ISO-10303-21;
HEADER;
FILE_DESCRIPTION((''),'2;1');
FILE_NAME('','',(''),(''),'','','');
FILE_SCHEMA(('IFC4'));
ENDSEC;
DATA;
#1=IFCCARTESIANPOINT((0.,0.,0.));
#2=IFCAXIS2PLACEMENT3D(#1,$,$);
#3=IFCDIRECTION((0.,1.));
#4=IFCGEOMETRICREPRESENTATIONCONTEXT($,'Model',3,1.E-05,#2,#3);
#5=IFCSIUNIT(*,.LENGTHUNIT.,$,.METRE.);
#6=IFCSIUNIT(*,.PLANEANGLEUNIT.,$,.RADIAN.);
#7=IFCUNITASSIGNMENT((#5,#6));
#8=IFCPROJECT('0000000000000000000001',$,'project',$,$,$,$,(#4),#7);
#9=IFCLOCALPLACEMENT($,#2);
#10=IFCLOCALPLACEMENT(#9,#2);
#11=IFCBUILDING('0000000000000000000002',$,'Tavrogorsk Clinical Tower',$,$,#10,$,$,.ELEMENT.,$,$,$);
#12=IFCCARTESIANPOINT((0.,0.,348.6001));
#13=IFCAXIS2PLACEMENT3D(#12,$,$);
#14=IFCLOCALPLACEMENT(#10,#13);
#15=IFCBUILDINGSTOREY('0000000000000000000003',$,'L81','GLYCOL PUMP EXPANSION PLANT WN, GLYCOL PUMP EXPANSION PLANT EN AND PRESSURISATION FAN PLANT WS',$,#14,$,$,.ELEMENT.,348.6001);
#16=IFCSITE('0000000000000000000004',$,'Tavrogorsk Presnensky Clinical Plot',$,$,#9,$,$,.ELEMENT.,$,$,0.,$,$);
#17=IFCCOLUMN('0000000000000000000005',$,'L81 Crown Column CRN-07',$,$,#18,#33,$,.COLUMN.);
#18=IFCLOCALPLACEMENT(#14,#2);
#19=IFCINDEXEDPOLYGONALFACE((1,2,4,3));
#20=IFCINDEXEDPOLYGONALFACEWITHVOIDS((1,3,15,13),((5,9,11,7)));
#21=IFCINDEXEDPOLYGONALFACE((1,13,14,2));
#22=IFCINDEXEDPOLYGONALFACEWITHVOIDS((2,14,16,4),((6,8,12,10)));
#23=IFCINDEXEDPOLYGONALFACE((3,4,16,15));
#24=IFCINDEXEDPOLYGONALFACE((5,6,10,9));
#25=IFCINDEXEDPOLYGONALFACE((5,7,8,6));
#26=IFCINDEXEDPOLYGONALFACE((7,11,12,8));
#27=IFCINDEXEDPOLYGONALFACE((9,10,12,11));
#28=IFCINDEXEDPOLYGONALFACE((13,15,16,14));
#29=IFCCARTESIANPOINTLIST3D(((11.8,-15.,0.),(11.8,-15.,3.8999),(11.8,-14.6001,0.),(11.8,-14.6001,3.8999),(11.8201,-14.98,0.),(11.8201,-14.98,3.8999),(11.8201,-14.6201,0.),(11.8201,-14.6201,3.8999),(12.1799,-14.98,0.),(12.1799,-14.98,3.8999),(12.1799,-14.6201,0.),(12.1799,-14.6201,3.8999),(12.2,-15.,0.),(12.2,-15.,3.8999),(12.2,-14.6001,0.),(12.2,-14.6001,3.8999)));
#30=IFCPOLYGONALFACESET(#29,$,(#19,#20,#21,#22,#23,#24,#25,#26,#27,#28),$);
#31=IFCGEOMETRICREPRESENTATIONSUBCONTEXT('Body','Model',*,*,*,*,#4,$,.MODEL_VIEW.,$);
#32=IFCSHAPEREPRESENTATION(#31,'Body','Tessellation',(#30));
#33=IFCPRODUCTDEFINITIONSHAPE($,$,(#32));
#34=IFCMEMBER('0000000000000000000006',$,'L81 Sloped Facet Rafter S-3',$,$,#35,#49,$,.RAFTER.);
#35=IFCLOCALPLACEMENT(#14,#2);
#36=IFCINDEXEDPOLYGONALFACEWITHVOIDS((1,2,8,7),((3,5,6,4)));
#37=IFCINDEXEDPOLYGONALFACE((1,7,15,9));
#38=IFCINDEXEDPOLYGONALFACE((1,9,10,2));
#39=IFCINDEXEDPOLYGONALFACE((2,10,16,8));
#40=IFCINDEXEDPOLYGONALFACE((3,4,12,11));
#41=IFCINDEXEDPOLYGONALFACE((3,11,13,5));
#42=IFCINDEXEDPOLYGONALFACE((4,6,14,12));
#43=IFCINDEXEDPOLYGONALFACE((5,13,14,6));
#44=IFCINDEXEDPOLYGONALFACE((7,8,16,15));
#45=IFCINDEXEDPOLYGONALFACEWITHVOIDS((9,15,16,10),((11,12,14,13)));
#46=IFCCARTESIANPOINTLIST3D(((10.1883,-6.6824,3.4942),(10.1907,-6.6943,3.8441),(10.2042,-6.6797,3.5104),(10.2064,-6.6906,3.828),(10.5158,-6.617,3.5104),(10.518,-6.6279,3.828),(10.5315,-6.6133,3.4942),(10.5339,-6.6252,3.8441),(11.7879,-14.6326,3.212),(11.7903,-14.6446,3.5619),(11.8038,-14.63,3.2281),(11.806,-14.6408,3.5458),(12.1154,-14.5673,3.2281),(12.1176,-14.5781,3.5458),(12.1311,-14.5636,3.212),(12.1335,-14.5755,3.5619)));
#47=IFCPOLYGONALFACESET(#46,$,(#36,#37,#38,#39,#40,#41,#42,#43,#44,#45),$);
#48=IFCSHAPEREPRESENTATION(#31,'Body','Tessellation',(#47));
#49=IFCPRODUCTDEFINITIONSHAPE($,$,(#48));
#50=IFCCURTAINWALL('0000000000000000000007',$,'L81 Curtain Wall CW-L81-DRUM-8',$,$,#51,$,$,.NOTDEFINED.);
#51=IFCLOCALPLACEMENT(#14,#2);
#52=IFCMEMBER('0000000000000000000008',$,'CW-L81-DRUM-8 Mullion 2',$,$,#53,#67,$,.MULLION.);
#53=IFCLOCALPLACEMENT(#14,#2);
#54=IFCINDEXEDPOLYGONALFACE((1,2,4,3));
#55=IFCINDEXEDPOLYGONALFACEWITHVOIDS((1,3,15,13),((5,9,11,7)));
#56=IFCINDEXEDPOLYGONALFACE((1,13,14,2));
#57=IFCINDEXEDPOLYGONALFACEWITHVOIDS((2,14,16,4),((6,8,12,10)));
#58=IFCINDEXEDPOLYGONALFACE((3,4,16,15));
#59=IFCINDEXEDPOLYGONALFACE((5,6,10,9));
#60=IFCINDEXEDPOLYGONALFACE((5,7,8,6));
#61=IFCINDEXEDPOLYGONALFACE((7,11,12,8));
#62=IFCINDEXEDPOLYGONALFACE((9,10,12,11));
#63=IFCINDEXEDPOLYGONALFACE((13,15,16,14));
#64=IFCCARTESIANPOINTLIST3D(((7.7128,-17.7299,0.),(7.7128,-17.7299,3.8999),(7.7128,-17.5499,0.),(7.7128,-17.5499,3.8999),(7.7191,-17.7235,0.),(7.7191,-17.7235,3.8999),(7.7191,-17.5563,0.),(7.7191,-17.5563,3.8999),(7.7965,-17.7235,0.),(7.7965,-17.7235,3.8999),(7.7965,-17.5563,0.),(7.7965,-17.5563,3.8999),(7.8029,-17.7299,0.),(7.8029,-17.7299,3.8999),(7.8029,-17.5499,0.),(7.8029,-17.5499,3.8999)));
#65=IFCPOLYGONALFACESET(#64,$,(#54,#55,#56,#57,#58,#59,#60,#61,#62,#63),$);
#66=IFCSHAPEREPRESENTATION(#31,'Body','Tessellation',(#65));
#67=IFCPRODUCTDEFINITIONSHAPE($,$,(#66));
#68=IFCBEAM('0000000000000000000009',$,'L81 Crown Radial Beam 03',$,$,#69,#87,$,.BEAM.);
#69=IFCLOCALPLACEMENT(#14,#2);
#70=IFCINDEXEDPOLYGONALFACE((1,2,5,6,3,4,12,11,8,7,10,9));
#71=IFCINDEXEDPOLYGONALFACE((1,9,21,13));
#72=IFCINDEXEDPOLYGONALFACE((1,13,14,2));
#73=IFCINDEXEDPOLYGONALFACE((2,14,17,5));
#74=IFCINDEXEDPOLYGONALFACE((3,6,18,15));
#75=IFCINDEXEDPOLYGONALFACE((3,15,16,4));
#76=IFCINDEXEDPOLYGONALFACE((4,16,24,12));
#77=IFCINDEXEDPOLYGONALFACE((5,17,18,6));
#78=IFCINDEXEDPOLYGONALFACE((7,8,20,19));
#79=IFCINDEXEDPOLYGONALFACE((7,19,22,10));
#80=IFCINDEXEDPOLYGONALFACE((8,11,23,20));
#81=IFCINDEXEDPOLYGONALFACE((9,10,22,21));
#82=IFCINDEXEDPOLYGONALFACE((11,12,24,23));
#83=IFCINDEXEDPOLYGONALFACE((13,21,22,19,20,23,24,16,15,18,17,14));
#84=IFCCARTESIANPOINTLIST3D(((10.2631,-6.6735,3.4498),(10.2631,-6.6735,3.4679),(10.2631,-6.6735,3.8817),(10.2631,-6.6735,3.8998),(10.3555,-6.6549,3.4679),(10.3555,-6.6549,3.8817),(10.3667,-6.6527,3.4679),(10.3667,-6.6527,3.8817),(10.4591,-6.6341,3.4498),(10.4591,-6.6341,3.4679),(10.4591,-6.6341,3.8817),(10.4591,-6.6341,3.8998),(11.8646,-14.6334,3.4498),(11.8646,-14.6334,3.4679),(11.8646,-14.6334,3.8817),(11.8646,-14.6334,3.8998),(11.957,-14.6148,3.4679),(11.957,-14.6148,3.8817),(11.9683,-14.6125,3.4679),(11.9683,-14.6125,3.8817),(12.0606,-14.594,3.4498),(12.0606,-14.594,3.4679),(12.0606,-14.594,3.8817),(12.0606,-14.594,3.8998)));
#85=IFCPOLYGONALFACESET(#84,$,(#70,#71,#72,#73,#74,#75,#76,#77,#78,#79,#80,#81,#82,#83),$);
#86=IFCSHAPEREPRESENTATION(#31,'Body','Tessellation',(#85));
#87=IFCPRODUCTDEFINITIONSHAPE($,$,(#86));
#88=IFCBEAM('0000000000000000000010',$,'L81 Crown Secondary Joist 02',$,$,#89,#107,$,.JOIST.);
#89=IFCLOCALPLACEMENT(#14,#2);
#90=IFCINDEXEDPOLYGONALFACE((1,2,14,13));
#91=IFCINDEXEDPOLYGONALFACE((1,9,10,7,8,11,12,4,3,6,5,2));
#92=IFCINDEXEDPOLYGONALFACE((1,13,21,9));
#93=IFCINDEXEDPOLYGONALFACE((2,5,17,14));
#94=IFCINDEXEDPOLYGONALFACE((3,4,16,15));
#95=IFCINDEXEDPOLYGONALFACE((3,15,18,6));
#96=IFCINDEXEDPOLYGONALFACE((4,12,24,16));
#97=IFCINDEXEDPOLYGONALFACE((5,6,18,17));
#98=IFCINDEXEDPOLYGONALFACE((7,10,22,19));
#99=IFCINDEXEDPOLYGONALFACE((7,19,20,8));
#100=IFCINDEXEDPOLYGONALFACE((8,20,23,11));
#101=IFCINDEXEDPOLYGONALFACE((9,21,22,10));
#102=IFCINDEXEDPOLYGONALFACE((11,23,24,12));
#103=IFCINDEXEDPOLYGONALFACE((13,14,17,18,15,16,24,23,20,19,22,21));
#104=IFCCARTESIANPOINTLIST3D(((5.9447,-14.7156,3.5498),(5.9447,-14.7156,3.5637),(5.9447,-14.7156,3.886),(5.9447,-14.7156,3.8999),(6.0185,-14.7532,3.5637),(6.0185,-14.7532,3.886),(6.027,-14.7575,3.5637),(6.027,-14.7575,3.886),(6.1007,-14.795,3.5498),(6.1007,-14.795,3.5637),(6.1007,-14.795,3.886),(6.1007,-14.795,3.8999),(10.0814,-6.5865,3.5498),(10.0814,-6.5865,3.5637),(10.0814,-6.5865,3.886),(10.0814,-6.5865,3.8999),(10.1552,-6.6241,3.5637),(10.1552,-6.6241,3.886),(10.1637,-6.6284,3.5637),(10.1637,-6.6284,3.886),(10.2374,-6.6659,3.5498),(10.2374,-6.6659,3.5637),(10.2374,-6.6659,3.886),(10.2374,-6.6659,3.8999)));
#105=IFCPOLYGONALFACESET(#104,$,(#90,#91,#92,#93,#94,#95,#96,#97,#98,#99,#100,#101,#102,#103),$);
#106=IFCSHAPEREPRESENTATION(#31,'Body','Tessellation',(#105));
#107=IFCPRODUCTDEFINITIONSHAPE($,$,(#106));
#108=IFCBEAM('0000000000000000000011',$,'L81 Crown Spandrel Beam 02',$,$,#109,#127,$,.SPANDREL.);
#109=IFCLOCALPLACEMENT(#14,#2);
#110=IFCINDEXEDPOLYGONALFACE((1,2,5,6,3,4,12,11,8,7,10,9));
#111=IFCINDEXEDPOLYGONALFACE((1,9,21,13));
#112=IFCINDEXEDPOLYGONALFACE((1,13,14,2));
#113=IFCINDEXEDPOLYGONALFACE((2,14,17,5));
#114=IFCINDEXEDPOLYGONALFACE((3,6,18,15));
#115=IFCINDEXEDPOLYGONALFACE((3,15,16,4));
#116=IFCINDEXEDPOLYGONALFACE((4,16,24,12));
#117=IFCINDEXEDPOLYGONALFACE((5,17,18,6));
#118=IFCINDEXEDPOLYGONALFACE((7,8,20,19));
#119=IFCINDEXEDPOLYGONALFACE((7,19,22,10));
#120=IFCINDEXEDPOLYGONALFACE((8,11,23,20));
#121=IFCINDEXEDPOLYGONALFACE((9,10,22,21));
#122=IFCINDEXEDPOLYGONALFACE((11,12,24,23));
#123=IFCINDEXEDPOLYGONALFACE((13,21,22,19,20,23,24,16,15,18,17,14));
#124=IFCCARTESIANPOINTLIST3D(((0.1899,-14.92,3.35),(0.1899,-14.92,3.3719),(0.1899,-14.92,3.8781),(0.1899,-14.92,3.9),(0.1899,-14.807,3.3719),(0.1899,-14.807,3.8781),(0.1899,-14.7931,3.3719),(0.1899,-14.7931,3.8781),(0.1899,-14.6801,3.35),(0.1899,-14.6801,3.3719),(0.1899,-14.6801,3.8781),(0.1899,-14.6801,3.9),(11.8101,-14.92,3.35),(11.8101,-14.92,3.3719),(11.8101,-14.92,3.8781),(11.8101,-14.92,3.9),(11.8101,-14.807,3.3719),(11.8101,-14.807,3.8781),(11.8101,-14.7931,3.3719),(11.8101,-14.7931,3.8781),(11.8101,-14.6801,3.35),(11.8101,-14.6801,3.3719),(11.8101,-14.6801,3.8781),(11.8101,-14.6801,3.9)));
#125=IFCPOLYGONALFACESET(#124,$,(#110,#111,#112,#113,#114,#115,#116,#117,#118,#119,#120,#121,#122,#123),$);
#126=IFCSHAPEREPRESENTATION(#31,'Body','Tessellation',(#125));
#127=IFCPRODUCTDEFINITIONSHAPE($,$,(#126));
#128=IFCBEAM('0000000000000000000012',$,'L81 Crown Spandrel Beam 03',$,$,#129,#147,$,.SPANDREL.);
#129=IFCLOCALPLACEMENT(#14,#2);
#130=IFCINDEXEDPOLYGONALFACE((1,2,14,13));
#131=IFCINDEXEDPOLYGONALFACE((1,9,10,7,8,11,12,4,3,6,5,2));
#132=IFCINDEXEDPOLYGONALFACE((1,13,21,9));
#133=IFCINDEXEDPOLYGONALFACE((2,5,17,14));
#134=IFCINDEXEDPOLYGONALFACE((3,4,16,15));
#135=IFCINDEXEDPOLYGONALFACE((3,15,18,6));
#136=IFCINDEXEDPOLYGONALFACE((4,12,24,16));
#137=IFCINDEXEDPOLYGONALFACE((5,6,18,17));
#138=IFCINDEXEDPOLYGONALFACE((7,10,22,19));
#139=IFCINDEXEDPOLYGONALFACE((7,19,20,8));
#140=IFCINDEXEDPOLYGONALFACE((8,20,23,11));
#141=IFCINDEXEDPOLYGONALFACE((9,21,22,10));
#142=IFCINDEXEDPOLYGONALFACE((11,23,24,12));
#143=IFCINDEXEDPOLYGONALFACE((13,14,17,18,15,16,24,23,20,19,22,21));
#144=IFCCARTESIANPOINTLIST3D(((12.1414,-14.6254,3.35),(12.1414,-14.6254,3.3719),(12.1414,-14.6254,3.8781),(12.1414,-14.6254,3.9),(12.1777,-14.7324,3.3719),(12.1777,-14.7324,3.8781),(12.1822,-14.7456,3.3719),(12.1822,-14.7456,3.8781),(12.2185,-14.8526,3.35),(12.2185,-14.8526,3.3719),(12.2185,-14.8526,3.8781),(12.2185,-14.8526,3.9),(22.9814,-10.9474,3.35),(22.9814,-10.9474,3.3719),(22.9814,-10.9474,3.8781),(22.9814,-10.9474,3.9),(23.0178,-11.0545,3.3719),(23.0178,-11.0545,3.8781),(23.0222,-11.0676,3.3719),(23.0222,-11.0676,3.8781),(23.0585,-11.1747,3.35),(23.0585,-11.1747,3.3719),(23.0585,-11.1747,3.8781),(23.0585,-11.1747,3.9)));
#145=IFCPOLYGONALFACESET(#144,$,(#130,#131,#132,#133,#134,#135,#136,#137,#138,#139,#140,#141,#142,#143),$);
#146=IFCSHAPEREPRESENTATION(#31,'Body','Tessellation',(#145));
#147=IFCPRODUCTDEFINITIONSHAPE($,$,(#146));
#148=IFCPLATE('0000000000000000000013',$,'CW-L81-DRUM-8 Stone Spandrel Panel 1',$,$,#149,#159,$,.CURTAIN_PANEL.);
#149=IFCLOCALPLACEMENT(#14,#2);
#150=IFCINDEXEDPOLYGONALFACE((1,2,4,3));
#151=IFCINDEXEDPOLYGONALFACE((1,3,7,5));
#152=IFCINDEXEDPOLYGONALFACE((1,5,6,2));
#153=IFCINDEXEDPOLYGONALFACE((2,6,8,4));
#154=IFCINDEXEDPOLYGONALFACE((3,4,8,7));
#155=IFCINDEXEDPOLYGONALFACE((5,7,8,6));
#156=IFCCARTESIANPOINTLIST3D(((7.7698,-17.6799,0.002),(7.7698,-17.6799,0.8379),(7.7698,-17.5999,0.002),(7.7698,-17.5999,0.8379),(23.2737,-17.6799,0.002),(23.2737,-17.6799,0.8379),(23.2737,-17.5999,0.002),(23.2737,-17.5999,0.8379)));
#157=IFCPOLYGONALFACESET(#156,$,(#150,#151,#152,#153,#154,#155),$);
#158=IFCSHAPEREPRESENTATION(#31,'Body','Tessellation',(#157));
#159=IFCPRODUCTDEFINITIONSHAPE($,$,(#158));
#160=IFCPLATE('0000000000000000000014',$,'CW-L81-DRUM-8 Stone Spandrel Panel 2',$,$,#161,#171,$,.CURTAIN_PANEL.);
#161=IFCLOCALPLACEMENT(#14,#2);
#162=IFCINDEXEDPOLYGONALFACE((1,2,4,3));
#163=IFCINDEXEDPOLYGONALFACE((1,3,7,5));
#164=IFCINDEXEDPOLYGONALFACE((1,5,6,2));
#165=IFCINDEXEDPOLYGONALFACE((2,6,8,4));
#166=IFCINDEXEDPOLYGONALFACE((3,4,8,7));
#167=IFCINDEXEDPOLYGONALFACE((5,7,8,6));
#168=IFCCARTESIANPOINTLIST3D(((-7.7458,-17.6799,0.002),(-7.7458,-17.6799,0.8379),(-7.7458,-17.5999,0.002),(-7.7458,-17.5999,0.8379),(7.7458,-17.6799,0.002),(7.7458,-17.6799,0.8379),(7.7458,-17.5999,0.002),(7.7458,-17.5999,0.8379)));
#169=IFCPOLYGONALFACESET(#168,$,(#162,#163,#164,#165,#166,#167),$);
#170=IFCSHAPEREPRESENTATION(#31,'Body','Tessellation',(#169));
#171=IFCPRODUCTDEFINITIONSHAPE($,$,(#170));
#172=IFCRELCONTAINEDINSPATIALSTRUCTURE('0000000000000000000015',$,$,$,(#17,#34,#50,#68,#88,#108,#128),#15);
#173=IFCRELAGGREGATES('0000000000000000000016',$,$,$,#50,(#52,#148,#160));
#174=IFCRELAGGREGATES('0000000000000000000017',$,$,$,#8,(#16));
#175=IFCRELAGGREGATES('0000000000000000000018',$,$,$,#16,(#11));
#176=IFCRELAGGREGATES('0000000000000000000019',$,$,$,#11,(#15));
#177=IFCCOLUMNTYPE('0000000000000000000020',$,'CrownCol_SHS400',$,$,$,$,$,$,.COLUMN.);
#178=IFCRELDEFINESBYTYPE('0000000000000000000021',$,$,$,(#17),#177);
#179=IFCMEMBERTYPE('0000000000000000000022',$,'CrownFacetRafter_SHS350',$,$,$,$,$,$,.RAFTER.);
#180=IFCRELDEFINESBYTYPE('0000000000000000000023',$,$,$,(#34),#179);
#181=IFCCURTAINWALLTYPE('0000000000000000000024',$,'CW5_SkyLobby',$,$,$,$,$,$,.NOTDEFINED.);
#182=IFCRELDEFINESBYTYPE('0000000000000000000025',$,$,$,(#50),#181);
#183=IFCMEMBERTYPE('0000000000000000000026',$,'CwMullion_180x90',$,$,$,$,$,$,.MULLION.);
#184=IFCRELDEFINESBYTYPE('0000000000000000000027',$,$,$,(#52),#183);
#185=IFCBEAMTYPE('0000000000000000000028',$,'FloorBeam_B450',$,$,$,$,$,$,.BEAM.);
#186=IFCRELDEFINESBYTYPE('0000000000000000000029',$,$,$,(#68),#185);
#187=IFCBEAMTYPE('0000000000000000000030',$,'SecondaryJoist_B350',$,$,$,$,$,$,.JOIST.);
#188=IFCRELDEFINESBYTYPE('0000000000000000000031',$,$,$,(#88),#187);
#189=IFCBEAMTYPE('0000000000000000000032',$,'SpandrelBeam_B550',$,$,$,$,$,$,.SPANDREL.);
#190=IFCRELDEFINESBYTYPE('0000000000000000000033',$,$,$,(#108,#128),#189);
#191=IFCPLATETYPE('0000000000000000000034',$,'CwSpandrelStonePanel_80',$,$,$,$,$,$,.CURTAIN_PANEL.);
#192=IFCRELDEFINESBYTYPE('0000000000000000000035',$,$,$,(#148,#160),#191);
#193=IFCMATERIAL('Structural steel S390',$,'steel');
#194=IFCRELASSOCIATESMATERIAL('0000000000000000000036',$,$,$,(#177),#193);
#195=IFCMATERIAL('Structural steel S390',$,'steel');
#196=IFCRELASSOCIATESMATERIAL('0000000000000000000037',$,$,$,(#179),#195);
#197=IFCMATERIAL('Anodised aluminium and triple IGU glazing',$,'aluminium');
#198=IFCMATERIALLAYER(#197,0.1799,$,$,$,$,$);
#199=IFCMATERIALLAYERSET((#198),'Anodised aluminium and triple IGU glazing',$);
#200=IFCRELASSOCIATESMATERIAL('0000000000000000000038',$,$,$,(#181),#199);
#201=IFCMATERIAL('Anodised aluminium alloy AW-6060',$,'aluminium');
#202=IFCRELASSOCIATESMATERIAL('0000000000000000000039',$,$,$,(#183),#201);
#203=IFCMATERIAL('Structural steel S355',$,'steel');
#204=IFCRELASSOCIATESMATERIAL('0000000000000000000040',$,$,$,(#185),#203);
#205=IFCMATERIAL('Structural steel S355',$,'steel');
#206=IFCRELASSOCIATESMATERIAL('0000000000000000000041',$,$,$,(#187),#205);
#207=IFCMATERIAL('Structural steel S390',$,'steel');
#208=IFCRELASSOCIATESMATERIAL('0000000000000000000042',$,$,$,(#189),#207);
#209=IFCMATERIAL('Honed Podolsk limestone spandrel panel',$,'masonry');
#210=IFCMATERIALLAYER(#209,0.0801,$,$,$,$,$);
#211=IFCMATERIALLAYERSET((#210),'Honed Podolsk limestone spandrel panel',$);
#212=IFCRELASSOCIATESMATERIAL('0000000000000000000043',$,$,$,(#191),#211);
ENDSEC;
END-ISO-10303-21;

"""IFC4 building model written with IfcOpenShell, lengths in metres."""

from ifc_helpers import new_model, si_unit, direction, frame, origin, origin_2d, place, context, subcontext, project, spatial, rectangle, hollow_rectangle, i_section, extrude, material, layer, layer_set, material_profile, profile_set, type_object, element, aggregate, save


model = new_model("IFC4")

# Units and contexts
model_context = context("Model", 3, precision=1e-05, world=origin(), true_north=direction((0.0, 1.0)))
body_context = subcontext(model_context, "Body", "Model", "MODEL_VIEW")
ifc_project = project(units=[si_unit("LENGTHUNIT", "METRE"), si_unit("PLANEANGLEUNIT", "RADIAN")], contexts=[model_context])

# Site, building, storey
site_placement = place(None, origin())
site = spatial("IfcSite", under=ifc_project, at=site_placement, Name="Tavrogorsk Presnensky Clinical Plot", CompositionType="ELEMENT", RefElevation=0.0)
building_placement = place(site_placement, origin())
building = spatial("IfcBuilding", under=site, at=building_placement, Name="Tavrogorsk Clinical Tower", CompositionType="ELEMENT")
storey_placement = place(building_placement, frame((0.0, 0.0, 348.6001)))
storey = spatial("IfcBuildingStorey", under=building, at=storey_placement, Name="L81", Description="GLYCOL PUMP EXPANSION PLANT WN, GLYCOL PUMP EXPANSION PLANT EN AND PRESSURISATION FAN PLANT WS", CompositionType="ELEMENT", Elevation=348.6001)

# Column
ifc_material_1 = material(Name="Structural steel S390", Category="steel")
ifc_material_profile_1 = material_profile(ifc_material_1, hollow_rectangle(XDim=0.3999, YDim=0.3999, WallThickness=0.02, at=origin_2d()), Name="SHS-400x400x20")
ifc_profile_set_1 = profile_set([ifc_material_profile_1], Name="Structural steel S390")
column_type = type_object("IfcColumnType", Name="CrownCol_SHS400", PredefinedType="COLUMN", material=ifc_profile_set_1)
column_placement = place(storey_placement, frame((12.0, -14.8, 0.0), z_axis=(0.0, 0.0, 1.0), x_axis=(1.0, 0.0, 0.0)))
element("IfcColumn", 1, at=column_placement, inside=storey, type_object=column_type, Name="L81 Crown Column CRN-07", PredefinedType="COLUMN", context=body_context, shape_type="SweptSolid", body=[
    extrude(hollow_rectangle(XDim=0.3999, YDim=0.3999, WallThickness=0.02, at=origin_2d()), origin(), (0.0, 0.0, 1.0), 3.8999),
])

# Member
ifc_material_2 = material(Name="Structural steel S390", Category="steel")
ifc_material_profile_2 = material_profile(ifc_material_2, hollow_rectangle(XDim=0.3501, YDim=0.3501, WallThickness=0.0161, at=origin_2d()), Name="SHS-350x350x16")
ifc_profile_set_2 = profile_set([ifc_material_profile_2], Name="Structural steel S390")
member_type_1 = type_object("IfcMemberType", Name="CrownFacetRafter_SHS350", PredefinedType="RAFTER", material=ifc_profile_set_2)
member_1_placement = place(storey_placement, frame((10.3611, -6.6538, 3.6692), z_axis=(0.197131, -0.97976, -0.034781), x_axis=(0.980353, 0.197251, 0.0)))
element("IfcMember", 2, at=member_1_placement, inside=storey, type_object=member_type_1, Name="L81 Sloped Facet Rafter S-3", PredefinedType="RAFTER", context=body_context, shape_type="SweptSolid", body=[
    extrude(hollow_rectangle(XDim=0.3501, YDim=0.3501, WallThickness=0.0161, at=origin_2d()), origin(), (0.0, 0.0, 1.0), 8.1145),
])

# Curtain wall, member
ifc_material_3 = material(Name="Anodised aluminium and triple IGU glazing", Category="aluminium")
ifc_layer_1 = layer(ifc_material_3, 0.1799)
ifc_layer_set_1 = layer_set([ifc_layer_1], Name="Anodised aluminium and triple IGU glazing")
curtain_wall_type = type_object("IfcCurtainWallType", Name="CW5_SkyLobby", PredefinedType="NOTDEFINED", material=ifc_layer_set_1)
curtain_wall_placement = place(storey_placement, origin())
curtain_wall = element("IfcCurtainWall", 3, at=curtain_wall_placement, inside=storey, type_object=curtain_wall_type, Name="L81 Curtain Wall CW-L81-DRUM-8", PredefinedType="NOTDEFINED")
ifc_material_4 = material(Name="Anodised aluminium alloy AW-6060", Category="aluminium")
ifc_material_profile_3 = material_profile(ifc_material_4, hollow_rectangle(XDim=0.0901, YDim=0.1799, WallThickness=0.0063, at=origin_2d()), Name="RHS-180x90x6.3")
ifc_profile_set_3 = profile_set([ifc_material_profile_3], Name="Anodised aluminium alloy AW-6060")
member_type_2 = type_object("IfcMemberType", Name="CwMullion_180x90", PredefinedType="MULLION", material=ifc_profile_set_3)
member_2_placement = place(storey_placement, frame((7.7578, -17.6399, 0.0), z_axis=(0.0, 0.0, 1.0), x_axis=(-1.0, 0.0, 0.0)))
member_2 = element("IfcMember", 4, at=member_2_placement, type_object=member_type_2, Name="CW-L81-DRUM-8 Mullion 2", PredefinedType="MULLION", context=body_context, shape_type="SweptSolid", body=[
    extrude(hollow_rectangle(XDim=0.0901, YDim=0.1799, WallThickness=0.0063, at=origin_2d()), origin(), (0.0, 0.0, 1.0), 3.8999),
])

# Beams
ifc_material_5 = material(Name="Structural steel S355", Category="steel")
ifc_material_profile_4 = material_profile(ifc_material_5, i_section(OverallWidth=0.2, OverallDepth=0.45, WebThickness=0.0115, FlangeThickness=0.0181, at=origin_2d()), Name="B-450x200x11.5x18")
ifc_profile_set_4 = profile_set([ifc_material_profile_4], Name="Structural steel S355")
beam_type_1 = type_object("IfcBeamType", Name="FloorBeam_B450", PredefinedType="BEAM", material=ifc_profile_set_4)
beam_1_placement = place(storey_placement, frame((10.3611, -6.6538, 3.6748), z_axis=(0.197249, -0.980353, 0.0), x_axis=(0.980353, 0.197249, 0.0)))
element("IfcBeam", 5, at=beam_1_placement, inside=storey, type_object=beam_type_1, Name="L81 Crown Radial Beam 03", PredefinedType="BEAM", context=body_context, shape_type="SweptSolid", body=[
    extrude(i_section(OverallWidth=0.2, OverallDepth=0.45, WebThickness=0.0115, FlangeThickness=0.0181, at=origin_2d()), origin(), (0.0, 0.0, 1.0), 8.1194),
])
ifc_material_6 = material(Name="Structural steel S355", Category="steel")
ifc_material_profile_5 = material_profile(ifc_material_6, i_section(OverallWidth=0.175, OverallDepth=0.3501, WebThickness=0.0095, FlangeThickness=0.0139, at=origin_2d()), Name="B-350x175x9.5x14")
ifc_profile_set_5 = profile_set([ifc_material_profile_5], Name="Structural steel S355")
beam_type_2 = type_object("IfcBeamType", Name="SecondaryJoist_B350", PredefinedType="JOIST", material=ifc_profile_set_5)
beam_2_placement = place(storey_placement, frame((10.1594, -6.6262, 3.7249), z_axis=(-0.45353, -0.891241, 0.0), x_axis=(0.891241, -0.45353, 0.0)))
element("IfcBeam", 6, at=beam_2_placement, inside=storey, type_object=beam_type_2, Name="L81 Crown Secondary Joist 02", PredefinedType="JOIST", context=body_context, shape_type="SweptSolid", body=[
    extrude(i_section(OverallWidth=0.175, OverallDepth=0.3501, WebThickness=0.0095, FlangeThickness=0.0139, at=origin_2d()), origin(), (0.0, 0.0, 1.0), 9.1211),
])
ifc_material_7 = material(Name="Structural steel S390", Category="steel")
ifc_material_profile_6 = material_profile(ifc_material_7, i_section(OverallWidth=0.24, OverallDepth=0.55, WebThickness=0.0139, FlangeThickness=0.022, at=origin_2d()), Name="B-550x240x14x22")
ifc_profile_set_6 = profile_set([ifc_material_profile_6], Name="Structural steel S390")
beam_type_3 = type_object("IfcBeamType", Name="SpandrelBeam_B550", PredefinedType="SPANDREL", material=ifc_profile_set_6)
beam_3_placement = place(storey_placement, frame((0.1899, -14.8, 3.625), z_axis=(1.0, 0.0, 0.0), x_axis=(0.0, 1.0, 0.0)))
element("IfcBeam", 7, at=beam_3_placement, inside=storey, type_object=beam_type_3, Name="L81 Crown Spandrel Beam 02", PredefinedType="SPANDREL", context=body_context, shape_type="SweptSolid", body=[
    extrude(i_section(OverallWidth=0.24, OverallDepth=0.55, WebThickness=0.0139, FlangeThickness=0.022, at=origin_2d()), origin(), (0.0, 0.0, 1.0), 11.6201),
])
beam_4_placement = place(storey_placement, frame((12.1799, -14.739, 3.625), z_axis=(0.946976, 0.321304, 0.0), x_axis=(-0.321304, 0.946976, 0.0)))
element("IfcBeam", 8, at=beam_4_placement, inside=storey, type_object=beam_type_3, Name="L81 Crown Spandrel Beam 03", PredefinedType="SPANDREL", context=body_context, shape_type="SweptSolid", body=[
    extrude(i_section(OverallWidth=0.24, OverallDepth=0.55, WebThickness=0.0139, FlangeThickness=0.022, at=origin_2d()), origin(), (0.0, 0.0, 1.0), 11.447),
])

# Plates
ifc_material_8 = material(Name="Honed Podolsk limestone spandrel panel", Category="masonry")
ifc_layer_2 = layer(ifc_material_8, 0.0801)
ifc_layer_set_2 = layer_set([ifc_layer_2], Name="Honed Podolsk limestone spandrel panel")
plate_type_1 = type_object("IfcPlateType", Name="CwSpandrelStonePanel_80", PredefinedType="CURTAIN_PANEL", material=ifc_layer_set_2)
plate_1_placement = place(storey_placement, frame((15.5217, -17.6399, 0.002), z_axis=(0.0, 0.0, 1.0), x_axis=(-1.0, 0.0, 0.0)))
plate_1 = element("IfcPlate", 9, at=plate_1_placement, type_object=plate_type_1, Name="CW-L81-DRUM-8 Stone Spandrel Panel 1", PredefinedType="CURTAIN_PANEL", context=body_context, shape_type="SweptSolid", body=[
    extrude(rectangle(XDim=15.5039, YDim=0.0801, at=origin_2d()), origin(), (0.0, 0.0, 1.0), 0.8359),
])
plate_2_placement = place(storey_placement, frame((0.0, -17.6399, 0.002), z_axis=(0.0, 0.0, 1.0), x_axis=(-1.0, 0.0, 0.0)))
plate_2 = element("IfcPlate", 10, at=plate_2_placement, type_object=plate_type_1, Name="CW-L81-DRUM-8 Stone Spandrel Panel 2", PredefinedType="CURTAIN_PANEL", context=body_context, shape_type="SweptSolid", body=[
    extrude(rectangle(XDim=15.4917, YDim=0.0801, at=origin_2d()), origin(), (0.0, 0.0, 1.0), 0.8359),
])
aggregate(curtain_wall, [member_2, plate_1, plate_2])

save(model, "model.ifc")
